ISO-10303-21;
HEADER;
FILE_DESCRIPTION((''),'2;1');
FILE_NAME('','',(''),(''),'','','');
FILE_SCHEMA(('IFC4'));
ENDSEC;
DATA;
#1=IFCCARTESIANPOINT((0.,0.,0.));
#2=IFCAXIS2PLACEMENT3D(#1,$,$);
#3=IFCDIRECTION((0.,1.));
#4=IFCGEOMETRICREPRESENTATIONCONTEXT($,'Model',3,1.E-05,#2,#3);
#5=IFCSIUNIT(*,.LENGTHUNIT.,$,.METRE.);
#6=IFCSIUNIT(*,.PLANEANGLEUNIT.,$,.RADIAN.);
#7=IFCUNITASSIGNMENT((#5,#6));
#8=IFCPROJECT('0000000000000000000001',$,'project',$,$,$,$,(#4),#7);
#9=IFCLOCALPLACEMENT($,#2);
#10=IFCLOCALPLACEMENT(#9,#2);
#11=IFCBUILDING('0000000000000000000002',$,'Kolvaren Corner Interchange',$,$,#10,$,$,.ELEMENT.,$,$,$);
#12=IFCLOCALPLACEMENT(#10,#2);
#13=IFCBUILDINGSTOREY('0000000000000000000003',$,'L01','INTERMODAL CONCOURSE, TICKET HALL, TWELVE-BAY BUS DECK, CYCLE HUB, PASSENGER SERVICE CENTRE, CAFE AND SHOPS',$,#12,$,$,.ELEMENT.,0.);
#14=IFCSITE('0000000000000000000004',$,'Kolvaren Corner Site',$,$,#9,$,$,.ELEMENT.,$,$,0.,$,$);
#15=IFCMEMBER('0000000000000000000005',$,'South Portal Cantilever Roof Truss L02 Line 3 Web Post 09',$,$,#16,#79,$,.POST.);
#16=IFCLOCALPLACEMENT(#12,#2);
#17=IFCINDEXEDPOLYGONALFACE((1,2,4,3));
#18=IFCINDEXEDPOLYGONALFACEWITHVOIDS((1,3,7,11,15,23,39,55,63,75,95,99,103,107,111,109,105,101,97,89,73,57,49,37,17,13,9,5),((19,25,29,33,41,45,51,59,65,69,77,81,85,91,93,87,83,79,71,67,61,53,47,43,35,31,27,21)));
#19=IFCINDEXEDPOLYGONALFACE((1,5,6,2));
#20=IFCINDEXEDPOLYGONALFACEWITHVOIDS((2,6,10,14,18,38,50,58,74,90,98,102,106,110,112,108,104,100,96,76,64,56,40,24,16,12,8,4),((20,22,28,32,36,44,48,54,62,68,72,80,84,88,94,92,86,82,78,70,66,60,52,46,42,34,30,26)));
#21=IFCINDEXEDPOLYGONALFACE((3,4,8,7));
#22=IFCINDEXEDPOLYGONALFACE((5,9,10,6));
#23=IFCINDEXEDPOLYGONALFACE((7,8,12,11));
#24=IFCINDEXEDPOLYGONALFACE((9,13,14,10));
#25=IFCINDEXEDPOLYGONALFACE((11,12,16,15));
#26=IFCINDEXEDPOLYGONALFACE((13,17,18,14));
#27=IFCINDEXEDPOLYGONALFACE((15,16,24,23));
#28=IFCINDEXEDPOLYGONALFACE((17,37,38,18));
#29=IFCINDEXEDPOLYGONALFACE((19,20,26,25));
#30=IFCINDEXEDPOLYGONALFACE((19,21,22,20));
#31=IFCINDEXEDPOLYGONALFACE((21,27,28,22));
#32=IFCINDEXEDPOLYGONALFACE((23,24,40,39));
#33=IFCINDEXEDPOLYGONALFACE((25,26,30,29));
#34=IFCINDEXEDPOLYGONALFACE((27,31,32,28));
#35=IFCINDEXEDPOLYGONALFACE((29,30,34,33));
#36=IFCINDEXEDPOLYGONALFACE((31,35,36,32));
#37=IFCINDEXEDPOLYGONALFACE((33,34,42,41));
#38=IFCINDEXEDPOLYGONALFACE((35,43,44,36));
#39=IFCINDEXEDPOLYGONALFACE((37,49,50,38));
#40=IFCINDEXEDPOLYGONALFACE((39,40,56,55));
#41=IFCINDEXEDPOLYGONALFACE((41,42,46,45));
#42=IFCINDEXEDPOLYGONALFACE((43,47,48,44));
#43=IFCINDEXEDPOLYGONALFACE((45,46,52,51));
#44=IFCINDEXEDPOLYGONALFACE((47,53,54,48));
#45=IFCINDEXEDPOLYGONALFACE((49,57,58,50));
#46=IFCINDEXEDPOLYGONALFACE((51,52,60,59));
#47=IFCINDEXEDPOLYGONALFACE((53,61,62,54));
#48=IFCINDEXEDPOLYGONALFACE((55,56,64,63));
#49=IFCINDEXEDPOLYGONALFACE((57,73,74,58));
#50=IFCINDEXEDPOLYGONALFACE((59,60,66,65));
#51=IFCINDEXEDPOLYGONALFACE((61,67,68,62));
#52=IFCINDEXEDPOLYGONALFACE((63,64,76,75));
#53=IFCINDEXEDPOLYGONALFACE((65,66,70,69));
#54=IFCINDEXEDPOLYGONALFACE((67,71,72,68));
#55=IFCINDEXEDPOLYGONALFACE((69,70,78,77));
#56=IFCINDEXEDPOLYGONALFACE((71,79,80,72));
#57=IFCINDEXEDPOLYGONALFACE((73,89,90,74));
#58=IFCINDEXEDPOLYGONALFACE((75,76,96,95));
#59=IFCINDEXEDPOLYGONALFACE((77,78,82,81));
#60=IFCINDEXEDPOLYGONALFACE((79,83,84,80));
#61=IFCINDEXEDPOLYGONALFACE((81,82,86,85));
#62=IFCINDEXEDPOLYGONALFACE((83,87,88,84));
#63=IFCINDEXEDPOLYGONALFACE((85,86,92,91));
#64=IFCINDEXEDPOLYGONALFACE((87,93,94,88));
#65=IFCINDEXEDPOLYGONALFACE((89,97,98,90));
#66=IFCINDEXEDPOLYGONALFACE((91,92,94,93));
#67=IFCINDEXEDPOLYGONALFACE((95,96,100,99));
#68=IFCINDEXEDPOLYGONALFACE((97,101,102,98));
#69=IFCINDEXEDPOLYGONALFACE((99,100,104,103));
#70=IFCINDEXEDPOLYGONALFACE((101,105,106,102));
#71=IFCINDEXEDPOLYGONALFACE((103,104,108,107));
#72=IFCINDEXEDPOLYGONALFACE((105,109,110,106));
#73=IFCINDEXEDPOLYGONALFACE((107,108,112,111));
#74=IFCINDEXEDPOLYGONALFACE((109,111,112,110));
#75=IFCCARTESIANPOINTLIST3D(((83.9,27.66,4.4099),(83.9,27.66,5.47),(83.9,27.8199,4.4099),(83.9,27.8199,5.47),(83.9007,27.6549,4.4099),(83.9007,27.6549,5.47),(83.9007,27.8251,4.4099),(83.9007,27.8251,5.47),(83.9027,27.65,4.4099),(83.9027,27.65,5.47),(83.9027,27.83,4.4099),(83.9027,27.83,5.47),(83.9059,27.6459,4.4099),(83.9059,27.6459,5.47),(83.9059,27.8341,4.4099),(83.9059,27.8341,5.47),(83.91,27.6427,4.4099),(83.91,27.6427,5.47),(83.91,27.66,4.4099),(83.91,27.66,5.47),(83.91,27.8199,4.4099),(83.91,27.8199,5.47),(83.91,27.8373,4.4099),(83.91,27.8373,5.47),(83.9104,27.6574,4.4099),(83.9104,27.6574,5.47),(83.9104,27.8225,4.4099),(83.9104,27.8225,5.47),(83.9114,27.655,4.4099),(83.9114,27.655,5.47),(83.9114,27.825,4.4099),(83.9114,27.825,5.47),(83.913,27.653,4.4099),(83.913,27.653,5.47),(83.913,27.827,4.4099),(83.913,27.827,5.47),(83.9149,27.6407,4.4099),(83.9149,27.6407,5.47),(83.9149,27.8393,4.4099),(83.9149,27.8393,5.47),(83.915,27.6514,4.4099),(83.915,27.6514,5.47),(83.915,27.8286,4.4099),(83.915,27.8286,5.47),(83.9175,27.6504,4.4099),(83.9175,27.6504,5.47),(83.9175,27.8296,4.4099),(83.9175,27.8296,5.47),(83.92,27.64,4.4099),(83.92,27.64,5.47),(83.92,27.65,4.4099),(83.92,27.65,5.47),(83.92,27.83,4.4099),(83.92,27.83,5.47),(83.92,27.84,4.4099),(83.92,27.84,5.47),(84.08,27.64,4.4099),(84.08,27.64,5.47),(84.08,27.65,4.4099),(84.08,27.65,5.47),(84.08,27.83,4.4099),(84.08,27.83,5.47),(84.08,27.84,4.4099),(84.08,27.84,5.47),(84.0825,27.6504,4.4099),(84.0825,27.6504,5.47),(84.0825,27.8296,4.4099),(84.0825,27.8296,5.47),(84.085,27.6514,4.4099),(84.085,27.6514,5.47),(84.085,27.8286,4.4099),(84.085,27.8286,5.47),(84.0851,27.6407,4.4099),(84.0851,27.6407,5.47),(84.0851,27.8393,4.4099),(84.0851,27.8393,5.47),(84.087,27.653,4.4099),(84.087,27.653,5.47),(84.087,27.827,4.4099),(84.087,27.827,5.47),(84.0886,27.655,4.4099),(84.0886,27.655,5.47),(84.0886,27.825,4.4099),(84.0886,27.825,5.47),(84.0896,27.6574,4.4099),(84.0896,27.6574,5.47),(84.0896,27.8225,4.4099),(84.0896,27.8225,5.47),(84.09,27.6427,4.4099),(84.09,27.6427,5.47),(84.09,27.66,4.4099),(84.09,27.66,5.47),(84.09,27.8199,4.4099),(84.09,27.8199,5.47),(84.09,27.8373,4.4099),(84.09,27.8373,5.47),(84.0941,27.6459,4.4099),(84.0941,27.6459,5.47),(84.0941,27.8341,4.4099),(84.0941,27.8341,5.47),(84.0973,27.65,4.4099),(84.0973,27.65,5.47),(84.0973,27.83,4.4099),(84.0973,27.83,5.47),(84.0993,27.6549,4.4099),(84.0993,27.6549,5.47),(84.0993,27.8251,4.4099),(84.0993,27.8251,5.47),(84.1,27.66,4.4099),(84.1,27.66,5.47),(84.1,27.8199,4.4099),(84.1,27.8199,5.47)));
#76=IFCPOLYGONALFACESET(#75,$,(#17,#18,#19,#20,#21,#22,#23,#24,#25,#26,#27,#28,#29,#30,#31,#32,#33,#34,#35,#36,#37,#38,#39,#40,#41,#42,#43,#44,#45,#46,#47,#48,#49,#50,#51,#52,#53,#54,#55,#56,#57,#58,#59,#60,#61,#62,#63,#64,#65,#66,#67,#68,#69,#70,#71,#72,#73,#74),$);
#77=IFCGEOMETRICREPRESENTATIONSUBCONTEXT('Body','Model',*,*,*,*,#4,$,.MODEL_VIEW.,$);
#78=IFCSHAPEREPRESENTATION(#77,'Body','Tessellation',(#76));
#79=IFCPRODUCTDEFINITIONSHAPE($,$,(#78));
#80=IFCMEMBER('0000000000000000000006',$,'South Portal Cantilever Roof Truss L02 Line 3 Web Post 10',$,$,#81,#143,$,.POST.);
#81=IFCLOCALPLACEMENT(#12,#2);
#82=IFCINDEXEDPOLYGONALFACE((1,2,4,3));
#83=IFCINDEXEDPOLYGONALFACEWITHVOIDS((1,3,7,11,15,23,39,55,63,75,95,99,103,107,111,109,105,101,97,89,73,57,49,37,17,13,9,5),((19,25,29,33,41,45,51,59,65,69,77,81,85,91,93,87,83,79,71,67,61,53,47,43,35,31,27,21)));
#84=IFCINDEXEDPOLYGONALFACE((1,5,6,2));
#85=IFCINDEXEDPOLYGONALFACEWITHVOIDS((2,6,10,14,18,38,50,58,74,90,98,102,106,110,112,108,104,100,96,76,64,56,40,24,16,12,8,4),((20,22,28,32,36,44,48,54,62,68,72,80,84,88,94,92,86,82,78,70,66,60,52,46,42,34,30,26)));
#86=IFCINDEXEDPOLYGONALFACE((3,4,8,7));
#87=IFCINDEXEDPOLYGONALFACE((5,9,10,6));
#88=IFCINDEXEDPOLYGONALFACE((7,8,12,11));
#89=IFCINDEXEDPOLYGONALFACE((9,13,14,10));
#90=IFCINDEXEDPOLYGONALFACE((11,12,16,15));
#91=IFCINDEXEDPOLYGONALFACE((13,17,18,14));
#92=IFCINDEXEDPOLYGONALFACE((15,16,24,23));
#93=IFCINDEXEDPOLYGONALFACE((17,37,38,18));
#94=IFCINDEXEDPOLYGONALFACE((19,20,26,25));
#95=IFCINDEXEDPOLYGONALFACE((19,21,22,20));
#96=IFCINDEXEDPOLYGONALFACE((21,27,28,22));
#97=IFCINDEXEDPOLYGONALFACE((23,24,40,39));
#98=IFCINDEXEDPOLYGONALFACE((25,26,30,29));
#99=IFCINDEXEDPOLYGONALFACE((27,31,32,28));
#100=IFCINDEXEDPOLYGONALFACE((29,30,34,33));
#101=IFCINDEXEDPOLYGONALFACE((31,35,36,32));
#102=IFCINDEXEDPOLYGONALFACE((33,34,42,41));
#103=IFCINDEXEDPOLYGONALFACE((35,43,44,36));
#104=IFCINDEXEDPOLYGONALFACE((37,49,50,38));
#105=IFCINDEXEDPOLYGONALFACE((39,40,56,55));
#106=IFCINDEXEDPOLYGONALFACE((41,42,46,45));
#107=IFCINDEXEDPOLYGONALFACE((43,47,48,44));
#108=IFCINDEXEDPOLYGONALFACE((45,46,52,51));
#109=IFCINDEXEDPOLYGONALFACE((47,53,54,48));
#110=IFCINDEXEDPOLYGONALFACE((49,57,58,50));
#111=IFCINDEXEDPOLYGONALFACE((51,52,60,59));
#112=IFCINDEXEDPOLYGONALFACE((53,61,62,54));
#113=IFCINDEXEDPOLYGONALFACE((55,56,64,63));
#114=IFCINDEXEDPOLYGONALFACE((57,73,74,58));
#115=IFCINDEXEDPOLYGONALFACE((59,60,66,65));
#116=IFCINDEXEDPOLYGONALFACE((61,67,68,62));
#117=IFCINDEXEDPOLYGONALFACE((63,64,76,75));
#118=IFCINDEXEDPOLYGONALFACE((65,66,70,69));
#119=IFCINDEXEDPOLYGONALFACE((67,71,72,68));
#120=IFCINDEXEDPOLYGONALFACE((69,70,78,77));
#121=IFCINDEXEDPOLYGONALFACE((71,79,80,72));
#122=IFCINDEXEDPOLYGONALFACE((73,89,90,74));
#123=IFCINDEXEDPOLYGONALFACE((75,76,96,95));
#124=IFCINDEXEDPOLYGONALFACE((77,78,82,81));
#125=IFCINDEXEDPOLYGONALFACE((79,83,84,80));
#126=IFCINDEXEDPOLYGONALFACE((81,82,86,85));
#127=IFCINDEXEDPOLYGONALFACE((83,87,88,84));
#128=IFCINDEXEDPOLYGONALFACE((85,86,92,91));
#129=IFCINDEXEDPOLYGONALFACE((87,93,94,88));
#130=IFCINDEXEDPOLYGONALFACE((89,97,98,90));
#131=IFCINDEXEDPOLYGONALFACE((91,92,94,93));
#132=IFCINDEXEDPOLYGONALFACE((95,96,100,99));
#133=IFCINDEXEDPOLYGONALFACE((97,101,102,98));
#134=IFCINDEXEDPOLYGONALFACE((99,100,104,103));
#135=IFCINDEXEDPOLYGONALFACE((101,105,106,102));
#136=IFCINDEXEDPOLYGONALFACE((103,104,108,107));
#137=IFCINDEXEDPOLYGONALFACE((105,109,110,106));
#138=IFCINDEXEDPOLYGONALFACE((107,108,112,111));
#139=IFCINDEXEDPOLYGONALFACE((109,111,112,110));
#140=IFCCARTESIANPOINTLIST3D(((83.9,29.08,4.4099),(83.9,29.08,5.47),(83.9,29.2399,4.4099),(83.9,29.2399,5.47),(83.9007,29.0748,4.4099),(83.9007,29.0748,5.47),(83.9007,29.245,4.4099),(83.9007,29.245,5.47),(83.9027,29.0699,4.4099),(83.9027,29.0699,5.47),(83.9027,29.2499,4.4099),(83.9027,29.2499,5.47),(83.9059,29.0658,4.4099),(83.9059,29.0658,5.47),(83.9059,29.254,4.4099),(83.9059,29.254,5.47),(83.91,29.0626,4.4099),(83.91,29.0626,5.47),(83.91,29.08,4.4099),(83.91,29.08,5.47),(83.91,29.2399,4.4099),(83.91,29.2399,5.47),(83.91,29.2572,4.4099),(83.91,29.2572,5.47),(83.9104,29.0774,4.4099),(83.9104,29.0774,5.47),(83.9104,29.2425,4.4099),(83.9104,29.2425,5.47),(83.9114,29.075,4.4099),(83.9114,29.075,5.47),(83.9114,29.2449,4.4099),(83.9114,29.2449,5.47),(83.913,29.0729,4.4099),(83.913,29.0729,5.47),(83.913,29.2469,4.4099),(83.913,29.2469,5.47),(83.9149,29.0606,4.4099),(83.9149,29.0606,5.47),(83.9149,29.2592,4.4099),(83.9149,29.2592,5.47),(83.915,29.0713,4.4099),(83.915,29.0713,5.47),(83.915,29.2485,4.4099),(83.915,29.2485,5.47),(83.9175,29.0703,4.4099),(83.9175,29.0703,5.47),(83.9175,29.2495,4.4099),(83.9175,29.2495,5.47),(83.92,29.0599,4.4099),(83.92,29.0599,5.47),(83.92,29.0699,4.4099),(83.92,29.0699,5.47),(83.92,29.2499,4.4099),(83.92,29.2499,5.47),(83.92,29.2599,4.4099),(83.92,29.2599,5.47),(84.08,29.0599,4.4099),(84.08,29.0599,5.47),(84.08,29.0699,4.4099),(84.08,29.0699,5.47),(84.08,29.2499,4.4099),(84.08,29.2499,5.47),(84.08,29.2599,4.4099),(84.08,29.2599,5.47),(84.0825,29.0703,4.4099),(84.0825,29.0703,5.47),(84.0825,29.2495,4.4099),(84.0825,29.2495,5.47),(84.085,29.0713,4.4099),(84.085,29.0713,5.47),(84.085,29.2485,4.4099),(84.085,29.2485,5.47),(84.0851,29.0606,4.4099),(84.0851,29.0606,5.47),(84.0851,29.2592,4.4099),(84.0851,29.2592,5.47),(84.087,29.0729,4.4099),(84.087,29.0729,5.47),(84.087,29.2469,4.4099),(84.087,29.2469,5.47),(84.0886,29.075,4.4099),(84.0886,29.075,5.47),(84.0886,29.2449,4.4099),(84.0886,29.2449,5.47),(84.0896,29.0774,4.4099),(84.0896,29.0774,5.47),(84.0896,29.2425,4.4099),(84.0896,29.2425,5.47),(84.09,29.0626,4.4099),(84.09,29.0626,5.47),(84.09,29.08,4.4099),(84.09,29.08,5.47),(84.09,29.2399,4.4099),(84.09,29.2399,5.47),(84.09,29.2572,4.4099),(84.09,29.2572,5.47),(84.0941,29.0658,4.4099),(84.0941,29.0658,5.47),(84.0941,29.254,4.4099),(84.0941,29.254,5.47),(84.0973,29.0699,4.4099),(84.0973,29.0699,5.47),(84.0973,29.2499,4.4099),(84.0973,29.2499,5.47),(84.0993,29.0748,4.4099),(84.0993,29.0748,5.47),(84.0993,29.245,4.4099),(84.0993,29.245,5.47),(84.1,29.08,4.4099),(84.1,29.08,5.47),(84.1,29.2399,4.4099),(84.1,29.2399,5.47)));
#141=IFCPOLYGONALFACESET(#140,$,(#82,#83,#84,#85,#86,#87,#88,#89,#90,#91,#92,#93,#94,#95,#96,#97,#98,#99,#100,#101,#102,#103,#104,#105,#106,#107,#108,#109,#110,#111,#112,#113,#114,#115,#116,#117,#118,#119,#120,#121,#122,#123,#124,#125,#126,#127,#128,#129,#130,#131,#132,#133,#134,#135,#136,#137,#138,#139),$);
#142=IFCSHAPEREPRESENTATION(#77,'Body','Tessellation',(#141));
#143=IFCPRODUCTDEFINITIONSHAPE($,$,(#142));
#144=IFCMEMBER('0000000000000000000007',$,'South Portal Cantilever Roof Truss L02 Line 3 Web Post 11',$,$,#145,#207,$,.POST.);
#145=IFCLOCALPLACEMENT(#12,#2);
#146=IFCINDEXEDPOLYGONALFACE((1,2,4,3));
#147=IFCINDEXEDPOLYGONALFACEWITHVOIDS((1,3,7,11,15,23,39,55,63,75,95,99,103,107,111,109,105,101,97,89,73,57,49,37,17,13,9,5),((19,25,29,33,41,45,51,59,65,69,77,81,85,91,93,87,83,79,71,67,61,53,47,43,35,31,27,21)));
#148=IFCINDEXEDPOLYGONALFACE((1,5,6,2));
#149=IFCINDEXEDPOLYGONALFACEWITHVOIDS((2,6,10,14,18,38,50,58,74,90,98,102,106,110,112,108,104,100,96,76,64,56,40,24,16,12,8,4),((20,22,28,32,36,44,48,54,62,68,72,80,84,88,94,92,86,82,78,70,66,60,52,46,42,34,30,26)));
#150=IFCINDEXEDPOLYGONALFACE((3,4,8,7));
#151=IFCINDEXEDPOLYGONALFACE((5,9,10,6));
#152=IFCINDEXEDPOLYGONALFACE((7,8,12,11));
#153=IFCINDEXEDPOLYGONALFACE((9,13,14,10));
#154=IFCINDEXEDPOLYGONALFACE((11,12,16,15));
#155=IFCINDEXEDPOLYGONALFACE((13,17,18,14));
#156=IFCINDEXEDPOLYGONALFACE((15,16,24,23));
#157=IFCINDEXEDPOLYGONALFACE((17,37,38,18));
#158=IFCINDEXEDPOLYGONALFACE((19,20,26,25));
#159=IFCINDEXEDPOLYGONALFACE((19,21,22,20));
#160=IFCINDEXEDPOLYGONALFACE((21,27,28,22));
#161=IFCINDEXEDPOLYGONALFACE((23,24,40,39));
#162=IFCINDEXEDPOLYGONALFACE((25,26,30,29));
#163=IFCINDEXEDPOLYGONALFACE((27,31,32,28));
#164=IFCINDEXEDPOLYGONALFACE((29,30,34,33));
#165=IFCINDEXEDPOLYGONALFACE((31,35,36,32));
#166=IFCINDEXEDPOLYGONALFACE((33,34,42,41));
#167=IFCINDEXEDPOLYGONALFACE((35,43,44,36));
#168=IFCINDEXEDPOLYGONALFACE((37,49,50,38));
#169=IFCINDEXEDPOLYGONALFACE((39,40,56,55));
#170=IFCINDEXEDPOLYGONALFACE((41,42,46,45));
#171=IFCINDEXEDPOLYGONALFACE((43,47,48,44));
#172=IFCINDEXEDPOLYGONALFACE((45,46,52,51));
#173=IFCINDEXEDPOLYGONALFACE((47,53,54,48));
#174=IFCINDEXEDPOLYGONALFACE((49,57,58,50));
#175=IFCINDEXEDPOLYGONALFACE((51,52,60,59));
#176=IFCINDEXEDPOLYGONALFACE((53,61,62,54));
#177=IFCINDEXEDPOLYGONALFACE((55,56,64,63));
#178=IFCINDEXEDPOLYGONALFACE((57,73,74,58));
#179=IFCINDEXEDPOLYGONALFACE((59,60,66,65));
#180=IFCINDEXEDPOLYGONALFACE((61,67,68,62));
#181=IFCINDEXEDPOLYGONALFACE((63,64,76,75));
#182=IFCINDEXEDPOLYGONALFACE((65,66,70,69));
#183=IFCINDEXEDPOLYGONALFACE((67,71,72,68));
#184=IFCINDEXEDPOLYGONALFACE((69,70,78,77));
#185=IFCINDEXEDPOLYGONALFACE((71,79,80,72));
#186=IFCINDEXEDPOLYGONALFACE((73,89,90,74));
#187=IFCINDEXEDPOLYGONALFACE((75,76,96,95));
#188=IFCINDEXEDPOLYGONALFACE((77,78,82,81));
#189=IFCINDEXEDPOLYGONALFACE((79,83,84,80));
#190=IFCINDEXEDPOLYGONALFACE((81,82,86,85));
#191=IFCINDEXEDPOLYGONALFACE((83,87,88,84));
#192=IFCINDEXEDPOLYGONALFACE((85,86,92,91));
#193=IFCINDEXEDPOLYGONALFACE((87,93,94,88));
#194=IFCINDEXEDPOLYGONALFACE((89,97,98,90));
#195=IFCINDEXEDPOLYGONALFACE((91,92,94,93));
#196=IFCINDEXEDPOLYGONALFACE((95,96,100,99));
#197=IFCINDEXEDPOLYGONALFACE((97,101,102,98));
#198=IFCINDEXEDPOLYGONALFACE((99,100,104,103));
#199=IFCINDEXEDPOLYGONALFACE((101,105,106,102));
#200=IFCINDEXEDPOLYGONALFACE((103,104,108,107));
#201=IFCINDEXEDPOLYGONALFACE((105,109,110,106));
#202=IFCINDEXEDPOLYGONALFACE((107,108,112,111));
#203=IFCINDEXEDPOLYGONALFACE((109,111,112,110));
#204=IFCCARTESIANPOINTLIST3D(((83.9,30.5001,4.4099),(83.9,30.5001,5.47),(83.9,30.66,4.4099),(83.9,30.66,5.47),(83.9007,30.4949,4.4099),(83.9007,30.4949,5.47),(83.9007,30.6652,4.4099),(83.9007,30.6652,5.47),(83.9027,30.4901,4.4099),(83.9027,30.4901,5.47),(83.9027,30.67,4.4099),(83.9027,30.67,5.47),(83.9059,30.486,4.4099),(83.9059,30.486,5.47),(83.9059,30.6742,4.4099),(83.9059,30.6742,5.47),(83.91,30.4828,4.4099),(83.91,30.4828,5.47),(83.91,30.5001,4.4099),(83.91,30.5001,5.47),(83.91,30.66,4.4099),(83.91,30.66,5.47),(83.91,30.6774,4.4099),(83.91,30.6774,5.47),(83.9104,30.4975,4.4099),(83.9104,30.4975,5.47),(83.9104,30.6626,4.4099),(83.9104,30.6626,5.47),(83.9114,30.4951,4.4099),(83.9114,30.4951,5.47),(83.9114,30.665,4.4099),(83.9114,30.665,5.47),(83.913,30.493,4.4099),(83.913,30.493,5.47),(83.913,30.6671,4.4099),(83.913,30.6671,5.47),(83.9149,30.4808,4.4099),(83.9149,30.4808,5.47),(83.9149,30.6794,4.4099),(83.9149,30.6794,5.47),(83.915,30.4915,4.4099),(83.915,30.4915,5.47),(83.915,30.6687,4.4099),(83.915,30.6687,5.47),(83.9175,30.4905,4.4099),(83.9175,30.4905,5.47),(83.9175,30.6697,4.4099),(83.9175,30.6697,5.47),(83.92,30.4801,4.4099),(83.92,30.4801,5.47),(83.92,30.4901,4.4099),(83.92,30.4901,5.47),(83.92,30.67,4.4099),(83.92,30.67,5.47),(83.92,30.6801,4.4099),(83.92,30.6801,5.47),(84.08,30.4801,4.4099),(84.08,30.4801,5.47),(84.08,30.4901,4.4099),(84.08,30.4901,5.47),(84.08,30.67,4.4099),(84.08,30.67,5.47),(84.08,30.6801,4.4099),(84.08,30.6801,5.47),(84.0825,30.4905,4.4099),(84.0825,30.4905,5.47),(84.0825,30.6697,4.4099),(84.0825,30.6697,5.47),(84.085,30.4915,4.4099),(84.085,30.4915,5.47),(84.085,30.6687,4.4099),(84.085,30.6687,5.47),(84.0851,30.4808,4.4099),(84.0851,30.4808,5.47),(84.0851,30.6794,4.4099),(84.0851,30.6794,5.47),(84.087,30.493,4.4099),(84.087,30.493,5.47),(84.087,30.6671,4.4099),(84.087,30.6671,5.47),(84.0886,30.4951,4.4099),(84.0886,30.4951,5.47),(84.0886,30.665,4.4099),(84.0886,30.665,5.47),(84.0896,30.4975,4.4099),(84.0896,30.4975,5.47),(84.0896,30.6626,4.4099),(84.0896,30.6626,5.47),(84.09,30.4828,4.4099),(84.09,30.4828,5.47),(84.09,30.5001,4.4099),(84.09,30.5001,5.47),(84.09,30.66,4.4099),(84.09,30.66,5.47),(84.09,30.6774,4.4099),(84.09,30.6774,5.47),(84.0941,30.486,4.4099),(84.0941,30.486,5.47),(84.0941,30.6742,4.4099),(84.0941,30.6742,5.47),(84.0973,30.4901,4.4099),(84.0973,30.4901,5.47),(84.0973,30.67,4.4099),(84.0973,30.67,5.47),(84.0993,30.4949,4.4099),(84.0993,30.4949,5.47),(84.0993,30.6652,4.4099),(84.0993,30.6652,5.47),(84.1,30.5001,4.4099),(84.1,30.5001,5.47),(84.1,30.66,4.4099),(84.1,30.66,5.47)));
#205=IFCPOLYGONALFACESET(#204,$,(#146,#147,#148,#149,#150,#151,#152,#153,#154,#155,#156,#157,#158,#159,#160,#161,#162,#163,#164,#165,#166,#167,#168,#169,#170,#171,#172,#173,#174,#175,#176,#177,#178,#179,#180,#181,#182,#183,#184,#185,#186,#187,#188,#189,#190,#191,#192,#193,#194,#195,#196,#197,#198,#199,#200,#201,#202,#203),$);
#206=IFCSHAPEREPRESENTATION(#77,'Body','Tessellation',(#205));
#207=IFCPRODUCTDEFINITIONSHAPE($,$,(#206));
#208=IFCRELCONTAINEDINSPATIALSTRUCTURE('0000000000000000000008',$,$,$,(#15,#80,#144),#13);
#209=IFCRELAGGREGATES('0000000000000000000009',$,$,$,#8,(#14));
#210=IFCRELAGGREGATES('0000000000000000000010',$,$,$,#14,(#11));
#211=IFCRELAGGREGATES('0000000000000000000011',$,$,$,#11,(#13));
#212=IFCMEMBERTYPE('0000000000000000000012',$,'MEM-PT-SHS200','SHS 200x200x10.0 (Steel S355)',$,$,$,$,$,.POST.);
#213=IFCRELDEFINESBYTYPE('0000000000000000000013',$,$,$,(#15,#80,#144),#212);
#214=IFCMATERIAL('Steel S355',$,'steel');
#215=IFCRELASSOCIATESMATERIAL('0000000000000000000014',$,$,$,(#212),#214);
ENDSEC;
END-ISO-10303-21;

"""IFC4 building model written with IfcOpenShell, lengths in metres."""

from ifc_helpers import new_model, si_unit, direction, frame, origin, origin_2d, place, context, subcontext, project, spatial, hollow_rectangle, extrude, material, material_profile, profile_set, type_object, element, save


model = new_model("IFC4")

# Units and contexts
model_context = context("Model", 3, precision=1e-05, world=origin(), true_north=direction((0.0, 1.0)))
body_context = subcontext(model_context, "Body", "Model", "MODEL_VIEW")
ifc_project = project(units=[si_unit("LENGTHUNIT", "METRE"), si_unit("PLANEANGLEUNIT", "RADIAN")], contexts=[model_context])

# Site, building, storey
site_placement = place(None, origin())
site = spatial("IfcSite", under=ifc_project, at=site_placement, Name="Kolvaren Corner Site", CompositionType="ELEMENT", RefElevation=0.0)
building_placement = place(site_placement, origin())
building = spatial("IfcBuilding", under=site, at=building_placement, Name="Kolvaren Corner Interchange", CompositionType="ELEMENT")
storey_placement = place(building_placement, origin())
storey = spatial("IfcBuildingStorey", under=building, at=storey_placement, Name="L01", Description="INTERMODAL CONCOURSE, TICKET HALL, TWELVE-BAY BUS DECK, CYCLE HUB, PASSENGER SERVICE CENTRE, CAFE AND SHOPS", CompositionType="ELEMENT", Elevation=0.0)

# Members
ifc_material_1 = material(Name="Steel S355", Category="steel")
ifc_material_profile_1 = material_profile(ifc_material_1, hollow_rectangle(XDim=0.2, YDim=0.2, WallThickness=0.01, InnerFilletRadius=0.01, OuterFilletRadius=0.02, at=origin_2d()), Name="SHS 200x200x10.0")
ifc_profile_set_1 = profile_set([ifc_material_profile_1], Name="Steel S355")
member_type_1 = type_object("IfcMemberType", Name="MEM-PT-SHS200", Description="SHS 200x200x10.0 (Steel S355)", PredefinedType="POST", material=ifc_profile_set_1)
for number, where, z_axis, x_axis, name in (
    (1, (84.0, 27.74, 4.4099), (0.0, 0.0, 1.0), (1.0, 0.0, 0.0), "South Portal Cantilever Roof Truss L02 Line 3 Web Post 09"),
    (2, (84.0, 29.1599, 4.4099), (0.0, 0.0, 1.0), (1.0, 0.0, 0.0), "South Portal Cantilever Roof Truss L02 Line 3 Web Post 10"),
    (3, (84.0, 30.5801, 4.4099), (0.0, 0.0, 1.0), (1.0, 0.0, 0.0), "South Portal Cantilever Roof Truss L02 Line 3 Web Post 11"),
):
    element("IfcMember", number, at=place(storey_placement, frame(where, z_axis=z_axis, x_axis=x_axis)), inside=storey, type_object=member_type_1, Name=name, PredefinedType="POST", context=body_context, shape_type="SweptSolid", body=[
        extrude(hollow_rectangle(XDim=0.2, YDim=0.2, WallThickness=0.01, InnerFilletRadius=0.01, OuterFilletRadius=0.02, at=origin_2d()), origin(), (0.0, 0.0, 1.0), 1.0601),
    ])

save(model, "model.ifc")
